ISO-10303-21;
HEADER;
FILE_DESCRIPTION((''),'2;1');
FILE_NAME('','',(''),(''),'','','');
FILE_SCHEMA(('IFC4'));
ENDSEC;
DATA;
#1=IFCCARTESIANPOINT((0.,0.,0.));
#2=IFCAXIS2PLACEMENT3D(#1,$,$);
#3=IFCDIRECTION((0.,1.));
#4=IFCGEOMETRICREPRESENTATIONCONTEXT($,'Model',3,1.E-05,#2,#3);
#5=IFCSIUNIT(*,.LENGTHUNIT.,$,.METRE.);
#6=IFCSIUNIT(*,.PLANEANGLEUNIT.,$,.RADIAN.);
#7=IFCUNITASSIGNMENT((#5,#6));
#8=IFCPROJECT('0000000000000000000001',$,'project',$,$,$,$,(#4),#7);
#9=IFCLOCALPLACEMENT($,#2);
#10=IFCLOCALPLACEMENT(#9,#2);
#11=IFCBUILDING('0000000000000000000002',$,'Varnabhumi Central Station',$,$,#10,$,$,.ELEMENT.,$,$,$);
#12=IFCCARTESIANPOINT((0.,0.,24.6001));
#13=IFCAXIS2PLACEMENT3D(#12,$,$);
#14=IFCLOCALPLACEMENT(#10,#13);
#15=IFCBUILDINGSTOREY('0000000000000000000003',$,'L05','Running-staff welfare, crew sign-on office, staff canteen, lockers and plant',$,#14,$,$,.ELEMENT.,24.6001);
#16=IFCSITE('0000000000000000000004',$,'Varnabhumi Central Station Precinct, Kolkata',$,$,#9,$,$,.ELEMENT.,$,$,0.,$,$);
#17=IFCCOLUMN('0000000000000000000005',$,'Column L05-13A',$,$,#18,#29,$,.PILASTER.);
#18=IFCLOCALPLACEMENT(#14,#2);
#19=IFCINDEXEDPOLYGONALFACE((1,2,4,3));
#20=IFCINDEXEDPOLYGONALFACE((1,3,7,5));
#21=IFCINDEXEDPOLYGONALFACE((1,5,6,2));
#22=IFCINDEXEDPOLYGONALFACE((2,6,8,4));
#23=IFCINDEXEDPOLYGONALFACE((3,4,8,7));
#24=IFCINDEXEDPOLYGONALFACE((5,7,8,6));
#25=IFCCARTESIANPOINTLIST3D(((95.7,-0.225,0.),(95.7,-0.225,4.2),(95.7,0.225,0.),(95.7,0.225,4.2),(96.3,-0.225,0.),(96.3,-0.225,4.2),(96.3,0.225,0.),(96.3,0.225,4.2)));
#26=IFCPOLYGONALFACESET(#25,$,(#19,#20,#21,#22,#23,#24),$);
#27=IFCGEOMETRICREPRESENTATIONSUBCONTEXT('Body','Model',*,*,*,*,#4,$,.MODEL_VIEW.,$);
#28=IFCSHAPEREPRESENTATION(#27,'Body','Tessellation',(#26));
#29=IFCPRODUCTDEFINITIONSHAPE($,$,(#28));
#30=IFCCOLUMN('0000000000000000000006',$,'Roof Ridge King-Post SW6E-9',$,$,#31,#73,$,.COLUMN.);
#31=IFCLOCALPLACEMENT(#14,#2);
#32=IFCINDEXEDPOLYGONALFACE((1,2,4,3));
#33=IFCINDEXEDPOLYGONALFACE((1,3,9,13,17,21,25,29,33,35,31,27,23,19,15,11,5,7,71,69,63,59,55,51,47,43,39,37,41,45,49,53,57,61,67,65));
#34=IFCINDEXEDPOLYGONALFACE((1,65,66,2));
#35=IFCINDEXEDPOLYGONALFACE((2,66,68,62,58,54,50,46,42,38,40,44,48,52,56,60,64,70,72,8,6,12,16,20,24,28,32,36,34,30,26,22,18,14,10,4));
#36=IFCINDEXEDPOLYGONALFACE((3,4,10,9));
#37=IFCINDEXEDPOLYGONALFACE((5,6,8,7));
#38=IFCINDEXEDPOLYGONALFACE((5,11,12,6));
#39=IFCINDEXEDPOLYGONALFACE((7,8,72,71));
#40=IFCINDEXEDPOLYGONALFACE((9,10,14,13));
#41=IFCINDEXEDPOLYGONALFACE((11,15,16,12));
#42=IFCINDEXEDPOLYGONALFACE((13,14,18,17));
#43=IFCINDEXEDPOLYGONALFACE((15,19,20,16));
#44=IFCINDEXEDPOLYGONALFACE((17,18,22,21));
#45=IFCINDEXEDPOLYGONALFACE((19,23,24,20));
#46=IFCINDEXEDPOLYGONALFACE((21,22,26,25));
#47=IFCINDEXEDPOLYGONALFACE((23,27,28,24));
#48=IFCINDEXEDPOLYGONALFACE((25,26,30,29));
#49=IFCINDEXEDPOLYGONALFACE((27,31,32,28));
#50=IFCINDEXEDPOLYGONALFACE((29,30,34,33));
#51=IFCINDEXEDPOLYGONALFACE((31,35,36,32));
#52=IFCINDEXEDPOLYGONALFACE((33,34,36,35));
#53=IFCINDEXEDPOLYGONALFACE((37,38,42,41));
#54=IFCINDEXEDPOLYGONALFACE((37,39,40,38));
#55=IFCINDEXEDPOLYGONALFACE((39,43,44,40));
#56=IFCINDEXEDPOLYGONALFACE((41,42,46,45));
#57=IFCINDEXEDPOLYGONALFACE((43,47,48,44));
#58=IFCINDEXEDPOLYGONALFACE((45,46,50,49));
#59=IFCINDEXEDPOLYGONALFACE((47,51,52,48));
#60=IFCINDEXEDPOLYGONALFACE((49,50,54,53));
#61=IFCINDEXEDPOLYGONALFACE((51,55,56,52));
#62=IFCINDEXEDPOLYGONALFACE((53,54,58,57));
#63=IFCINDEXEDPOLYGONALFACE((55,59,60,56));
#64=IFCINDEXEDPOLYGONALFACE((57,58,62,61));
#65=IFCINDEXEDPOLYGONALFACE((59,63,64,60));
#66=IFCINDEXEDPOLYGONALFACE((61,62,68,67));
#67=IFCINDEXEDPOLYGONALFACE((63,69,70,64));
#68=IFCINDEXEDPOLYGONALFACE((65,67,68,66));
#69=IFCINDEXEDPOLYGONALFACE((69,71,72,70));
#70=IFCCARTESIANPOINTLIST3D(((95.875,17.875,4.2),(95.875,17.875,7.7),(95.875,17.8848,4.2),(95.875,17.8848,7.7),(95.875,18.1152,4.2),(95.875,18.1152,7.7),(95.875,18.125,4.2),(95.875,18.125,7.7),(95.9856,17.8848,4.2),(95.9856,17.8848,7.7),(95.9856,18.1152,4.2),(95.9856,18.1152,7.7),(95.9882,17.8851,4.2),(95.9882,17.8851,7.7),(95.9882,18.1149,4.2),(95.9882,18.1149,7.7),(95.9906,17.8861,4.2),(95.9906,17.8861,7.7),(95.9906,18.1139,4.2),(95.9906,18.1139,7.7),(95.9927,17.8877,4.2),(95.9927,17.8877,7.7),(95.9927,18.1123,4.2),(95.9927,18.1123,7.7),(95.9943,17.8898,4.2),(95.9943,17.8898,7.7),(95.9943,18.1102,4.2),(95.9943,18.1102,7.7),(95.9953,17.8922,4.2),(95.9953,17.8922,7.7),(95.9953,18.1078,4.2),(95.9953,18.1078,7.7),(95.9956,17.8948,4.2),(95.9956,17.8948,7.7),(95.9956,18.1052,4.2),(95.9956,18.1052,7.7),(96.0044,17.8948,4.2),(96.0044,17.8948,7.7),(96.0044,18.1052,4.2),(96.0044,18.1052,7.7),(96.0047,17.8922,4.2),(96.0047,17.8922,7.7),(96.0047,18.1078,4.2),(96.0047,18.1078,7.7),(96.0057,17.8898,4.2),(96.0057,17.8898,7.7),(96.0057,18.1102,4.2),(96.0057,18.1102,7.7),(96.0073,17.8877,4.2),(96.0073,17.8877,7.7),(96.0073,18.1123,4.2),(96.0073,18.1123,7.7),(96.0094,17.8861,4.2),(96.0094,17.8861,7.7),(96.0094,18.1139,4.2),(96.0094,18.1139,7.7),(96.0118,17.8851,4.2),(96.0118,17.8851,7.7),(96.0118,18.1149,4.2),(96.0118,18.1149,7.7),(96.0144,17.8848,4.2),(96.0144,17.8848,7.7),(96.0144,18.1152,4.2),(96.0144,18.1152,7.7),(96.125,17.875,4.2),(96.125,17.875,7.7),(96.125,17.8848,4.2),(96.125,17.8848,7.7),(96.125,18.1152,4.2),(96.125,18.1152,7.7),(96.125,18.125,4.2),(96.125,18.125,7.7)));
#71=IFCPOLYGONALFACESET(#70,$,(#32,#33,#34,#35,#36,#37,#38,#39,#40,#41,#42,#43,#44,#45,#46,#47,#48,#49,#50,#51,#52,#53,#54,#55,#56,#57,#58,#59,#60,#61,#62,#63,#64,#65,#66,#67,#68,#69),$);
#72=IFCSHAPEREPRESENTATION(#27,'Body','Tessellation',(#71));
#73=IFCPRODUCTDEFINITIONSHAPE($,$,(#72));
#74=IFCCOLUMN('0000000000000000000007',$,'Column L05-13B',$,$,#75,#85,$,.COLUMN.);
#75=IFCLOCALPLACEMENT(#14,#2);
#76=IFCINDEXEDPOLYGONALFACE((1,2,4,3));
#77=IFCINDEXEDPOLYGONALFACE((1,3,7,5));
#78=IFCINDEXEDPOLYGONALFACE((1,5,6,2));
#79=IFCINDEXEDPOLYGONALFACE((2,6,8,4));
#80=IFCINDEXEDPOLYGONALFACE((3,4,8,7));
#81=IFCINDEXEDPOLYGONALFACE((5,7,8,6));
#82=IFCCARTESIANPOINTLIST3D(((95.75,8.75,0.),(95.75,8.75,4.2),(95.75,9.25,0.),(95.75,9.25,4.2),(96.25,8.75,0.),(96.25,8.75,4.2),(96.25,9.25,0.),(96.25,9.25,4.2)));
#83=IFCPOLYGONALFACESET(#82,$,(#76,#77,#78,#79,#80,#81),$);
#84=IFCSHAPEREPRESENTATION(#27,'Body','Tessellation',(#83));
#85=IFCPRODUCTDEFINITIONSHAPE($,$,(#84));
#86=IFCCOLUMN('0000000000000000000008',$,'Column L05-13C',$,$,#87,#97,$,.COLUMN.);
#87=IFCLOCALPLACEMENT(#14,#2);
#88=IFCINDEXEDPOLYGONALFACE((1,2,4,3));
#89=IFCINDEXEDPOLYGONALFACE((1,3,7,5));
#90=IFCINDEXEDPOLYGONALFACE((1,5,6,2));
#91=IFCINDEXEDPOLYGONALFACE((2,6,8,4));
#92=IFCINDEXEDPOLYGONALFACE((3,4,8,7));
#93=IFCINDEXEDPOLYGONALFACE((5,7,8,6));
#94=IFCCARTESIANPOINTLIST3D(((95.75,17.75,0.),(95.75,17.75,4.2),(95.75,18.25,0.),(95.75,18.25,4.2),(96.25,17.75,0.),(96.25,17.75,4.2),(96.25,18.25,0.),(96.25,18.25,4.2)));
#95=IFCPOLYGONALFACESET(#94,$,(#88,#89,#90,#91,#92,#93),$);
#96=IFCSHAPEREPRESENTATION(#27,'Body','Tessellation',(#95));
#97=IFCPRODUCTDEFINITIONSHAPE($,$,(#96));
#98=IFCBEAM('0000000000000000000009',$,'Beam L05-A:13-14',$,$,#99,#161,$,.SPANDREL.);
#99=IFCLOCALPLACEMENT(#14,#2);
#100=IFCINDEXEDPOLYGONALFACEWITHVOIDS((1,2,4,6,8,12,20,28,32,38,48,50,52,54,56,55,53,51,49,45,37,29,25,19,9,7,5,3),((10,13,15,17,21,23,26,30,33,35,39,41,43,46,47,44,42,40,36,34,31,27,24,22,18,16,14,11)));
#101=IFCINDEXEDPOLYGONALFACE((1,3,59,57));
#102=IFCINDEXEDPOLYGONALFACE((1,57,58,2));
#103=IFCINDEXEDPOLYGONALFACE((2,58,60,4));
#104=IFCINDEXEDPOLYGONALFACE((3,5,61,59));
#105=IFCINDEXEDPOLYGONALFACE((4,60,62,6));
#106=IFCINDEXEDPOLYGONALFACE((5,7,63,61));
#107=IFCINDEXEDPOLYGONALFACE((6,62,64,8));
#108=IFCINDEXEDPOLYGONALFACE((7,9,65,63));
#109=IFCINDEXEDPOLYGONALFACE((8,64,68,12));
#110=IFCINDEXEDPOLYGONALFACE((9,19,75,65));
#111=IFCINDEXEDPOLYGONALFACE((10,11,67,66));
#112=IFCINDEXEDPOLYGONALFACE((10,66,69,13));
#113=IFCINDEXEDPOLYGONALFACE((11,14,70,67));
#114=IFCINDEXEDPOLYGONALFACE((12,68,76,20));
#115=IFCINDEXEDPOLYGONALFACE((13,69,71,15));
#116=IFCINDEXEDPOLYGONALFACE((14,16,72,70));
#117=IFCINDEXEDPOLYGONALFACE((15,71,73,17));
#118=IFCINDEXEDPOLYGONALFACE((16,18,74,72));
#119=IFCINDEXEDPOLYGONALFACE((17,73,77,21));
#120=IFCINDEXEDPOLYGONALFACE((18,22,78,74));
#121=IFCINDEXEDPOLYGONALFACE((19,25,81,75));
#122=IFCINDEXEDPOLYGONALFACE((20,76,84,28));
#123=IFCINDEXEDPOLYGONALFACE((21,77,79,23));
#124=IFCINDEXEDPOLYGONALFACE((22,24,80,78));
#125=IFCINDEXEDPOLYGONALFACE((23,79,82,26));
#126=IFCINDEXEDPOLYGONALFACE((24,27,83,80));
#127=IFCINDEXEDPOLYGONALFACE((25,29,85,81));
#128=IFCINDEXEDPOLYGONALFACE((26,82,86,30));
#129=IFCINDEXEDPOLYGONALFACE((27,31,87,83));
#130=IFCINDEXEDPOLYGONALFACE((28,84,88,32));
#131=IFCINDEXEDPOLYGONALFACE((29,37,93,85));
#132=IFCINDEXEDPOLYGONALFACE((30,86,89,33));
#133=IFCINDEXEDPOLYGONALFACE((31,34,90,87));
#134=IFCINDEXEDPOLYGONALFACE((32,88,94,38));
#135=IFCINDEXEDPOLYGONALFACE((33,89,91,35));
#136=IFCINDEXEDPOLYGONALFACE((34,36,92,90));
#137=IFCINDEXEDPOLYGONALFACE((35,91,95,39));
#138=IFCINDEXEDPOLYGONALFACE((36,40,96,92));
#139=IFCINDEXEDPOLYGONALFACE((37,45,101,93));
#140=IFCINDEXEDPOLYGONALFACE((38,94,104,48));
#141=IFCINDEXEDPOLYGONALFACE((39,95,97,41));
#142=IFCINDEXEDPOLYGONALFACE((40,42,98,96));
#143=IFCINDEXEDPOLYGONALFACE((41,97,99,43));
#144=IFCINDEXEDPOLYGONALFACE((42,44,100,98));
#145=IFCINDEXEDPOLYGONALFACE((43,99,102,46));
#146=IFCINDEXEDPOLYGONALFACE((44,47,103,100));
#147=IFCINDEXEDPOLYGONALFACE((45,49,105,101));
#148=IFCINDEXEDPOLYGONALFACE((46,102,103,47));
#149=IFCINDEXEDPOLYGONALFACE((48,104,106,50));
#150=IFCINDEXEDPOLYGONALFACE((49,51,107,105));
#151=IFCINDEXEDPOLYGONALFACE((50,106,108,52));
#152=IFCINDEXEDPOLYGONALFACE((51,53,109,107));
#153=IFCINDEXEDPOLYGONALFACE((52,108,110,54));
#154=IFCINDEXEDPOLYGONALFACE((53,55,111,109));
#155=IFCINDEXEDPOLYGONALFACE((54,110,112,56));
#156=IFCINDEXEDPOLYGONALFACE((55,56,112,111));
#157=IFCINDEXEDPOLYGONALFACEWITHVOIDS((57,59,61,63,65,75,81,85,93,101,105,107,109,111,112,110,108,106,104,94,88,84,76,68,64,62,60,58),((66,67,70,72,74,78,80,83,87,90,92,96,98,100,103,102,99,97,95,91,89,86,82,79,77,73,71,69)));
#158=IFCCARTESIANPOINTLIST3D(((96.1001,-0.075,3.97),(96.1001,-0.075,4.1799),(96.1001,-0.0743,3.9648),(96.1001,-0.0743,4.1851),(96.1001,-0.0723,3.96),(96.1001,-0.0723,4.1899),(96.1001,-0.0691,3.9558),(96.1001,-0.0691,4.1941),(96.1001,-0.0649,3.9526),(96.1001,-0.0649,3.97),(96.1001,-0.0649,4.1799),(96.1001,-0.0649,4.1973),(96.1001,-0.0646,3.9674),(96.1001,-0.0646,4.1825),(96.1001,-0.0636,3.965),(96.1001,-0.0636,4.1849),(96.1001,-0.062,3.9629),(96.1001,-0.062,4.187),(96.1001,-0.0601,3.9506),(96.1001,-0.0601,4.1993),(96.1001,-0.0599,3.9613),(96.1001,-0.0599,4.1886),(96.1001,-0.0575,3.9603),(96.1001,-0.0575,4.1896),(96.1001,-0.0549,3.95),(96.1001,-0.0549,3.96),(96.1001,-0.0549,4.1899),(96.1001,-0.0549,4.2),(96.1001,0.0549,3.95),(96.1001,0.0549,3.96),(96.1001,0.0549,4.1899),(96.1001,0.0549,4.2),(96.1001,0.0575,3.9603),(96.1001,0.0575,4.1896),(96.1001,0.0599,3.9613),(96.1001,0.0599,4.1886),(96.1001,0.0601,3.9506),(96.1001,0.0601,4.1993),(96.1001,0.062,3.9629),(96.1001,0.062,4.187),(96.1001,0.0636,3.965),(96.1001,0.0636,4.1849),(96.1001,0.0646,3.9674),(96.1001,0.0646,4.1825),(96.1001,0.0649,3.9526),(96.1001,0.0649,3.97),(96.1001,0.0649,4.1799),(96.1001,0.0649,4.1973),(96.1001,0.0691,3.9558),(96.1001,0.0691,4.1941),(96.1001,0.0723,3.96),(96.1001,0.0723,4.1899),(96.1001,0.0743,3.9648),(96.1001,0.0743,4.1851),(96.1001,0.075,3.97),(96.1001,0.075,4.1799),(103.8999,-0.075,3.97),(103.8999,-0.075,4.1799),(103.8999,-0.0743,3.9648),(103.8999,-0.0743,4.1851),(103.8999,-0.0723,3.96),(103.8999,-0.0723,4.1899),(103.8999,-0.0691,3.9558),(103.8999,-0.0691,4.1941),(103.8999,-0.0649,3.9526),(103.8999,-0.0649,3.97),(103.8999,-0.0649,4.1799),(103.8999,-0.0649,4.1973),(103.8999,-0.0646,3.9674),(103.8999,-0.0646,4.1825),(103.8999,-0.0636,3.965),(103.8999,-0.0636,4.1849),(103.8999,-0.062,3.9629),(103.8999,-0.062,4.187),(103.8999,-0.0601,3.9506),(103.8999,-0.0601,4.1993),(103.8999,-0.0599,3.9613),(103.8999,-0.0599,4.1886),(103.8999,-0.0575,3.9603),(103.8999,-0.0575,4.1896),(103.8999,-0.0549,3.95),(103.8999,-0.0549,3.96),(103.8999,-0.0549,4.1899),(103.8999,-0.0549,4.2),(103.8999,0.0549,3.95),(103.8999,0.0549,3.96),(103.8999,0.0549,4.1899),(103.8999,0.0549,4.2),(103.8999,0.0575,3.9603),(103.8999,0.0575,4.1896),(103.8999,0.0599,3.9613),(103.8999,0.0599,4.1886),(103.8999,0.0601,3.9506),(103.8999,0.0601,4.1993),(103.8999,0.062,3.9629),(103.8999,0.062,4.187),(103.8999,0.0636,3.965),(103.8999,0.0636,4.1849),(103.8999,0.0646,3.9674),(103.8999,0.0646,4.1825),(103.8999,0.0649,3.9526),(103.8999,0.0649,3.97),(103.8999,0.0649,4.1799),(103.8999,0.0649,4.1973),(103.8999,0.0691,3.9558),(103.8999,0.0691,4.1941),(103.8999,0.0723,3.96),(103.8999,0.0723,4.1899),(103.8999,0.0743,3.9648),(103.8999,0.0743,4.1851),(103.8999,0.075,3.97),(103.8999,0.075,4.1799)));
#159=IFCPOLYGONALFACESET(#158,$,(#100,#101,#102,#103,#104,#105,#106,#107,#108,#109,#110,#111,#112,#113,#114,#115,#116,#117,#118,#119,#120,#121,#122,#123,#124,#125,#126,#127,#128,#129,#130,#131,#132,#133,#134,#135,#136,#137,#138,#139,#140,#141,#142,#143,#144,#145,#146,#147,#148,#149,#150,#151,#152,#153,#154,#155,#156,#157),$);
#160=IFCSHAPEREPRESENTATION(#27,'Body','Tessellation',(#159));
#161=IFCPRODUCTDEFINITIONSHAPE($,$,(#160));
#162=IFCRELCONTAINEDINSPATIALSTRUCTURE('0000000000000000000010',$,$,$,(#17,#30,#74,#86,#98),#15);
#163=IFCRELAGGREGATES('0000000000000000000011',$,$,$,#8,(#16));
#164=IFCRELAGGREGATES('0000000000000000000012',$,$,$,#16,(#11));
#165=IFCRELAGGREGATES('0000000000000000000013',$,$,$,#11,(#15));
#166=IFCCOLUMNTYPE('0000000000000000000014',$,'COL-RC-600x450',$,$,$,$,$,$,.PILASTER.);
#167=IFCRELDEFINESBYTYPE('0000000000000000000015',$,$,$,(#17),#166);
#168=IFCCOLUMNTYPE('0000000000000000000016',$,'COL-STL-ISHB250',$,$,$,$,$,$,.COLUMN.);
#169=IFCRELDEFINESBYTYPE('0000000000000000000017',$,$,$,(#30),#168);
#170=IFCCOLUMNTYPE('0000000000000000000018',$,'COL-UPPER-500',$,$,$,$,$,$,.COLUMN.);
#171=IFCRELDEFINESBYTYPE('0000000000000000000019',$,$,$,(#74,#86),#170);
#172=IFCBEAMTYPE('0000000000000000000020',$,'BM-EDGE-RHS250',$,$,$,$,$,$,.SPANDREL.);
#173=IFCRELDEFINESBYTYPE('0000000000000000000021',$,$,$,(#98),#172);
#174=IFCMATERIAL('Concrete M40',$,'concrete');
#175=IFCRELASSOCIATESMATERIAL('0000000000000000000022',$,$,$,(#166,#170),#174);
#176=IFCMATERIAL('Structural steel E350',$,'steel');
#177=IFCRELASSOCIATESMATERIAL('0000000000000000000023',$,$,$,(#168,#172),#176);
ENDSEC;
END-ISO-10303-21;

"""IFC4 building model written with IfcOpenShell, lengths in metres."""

from ifc_helpers import new_model, si_unit, direction, frame, origin, origin_2d, place, context, subcontext, project, spatial, rectangle, hollow_rectangle, i_section, extrude, material, material_profile, profile_set, type_object, element, save


model = new_model("IFC4")

# Units and contexts
model_context = context("Model", 3, precision=1e-05, world=origin(), true_north=direction((0.0, 1.0)))
body_context = subcontext(model_context, "Body", "Model", "MODEL_VIEW")
ifc_project = project(units=[si_unit("LENGTHUNIT", "METRE"), si_unit("PLANEANGLEUNIT", "RADIAN")], contexts=[model_context])

# Site, building, storey
site_placement = place(None, origin())
site = spatial("IfcSite", under=ifc_project, at=site_placement, Name="Varnabhumi Central Station Precinct, Kolkata", CompositionType="ELEMENT", RefElevation=0.0)
building_placement = place(site_placement, origin())
building = spatial("IfcBuilding", under=site, at=building_placement, Name="Varnabhumi Central Station", CompositionType="ELEMENT")
storey_placement = place(building_placement, frame((0.0, 0.0, 24.6001)))
storey = spatial("IfcBuildingStorey", under=building, at=storey_placement, Name="L05", Description="Running-staff welfare, crew sign-on office, staff canteen, lockers and plant", CompositionType="ELEMENT", Elevation=24.6001)

# Columns
ifc_material_1 = material(Name="Concrete M40", Category="concrete")
ifc_material_profile_1 = material_profile(ifc_material_1, rectangle(XDim=0.6001, YDim=0.45, at=origin_2d()), Name="Concrete M40", Category="concrete")
ifc_profile_set_1 = profile_set([ifc_material_profile_1], Name="Concrete M40")
column_type_1 = type_object("IfcColumnType", Name="COL-RC-600x450", PredefinedType="PILASTER", material=ifc_profile_set_1)
column_1_placement = place(storey_placement, frame((96.0, 0.0, 0.0), z_axis=(0.0, 0.0, 1.0), x_axis=(1.0, 0.0, 0.0)))
element("IfcColumn", 1, at=column_1_placement, inside=storey, type_object=column_type_1, Name="Column L05-13A", PredefinedType="PILASTER", context=body_context, shape_type="SweptSolid", body=[
    extrude(rectangle(XDim=0.6001, YDim=0.45, at=origin_2d()), origin(), (0.0, 0.0, 1.0), 4.2),
])
ifc_material_2 = material(Name="Structural steel E350", Category="steel")
ifc_material_profile_2 = material_profile(ifc_material_2, i_section(OverallWidth=0.25, OverallDepth=0.25, WebThickness=0.0088, FlangeThickness=0.0098, FilletRadius=0.01, at=origin_2d()), Name="Structural steel E350", Category="steel")
ifc_profile_set_2 = profile_set([ifc_material_profile_2], Name="Structural steel E350")
column_type_2 = type_object("IfcColumnType", Name="COL-STL-ISHB250", PredefinedType="COLUMN", material=ifc_profile_set_2)
column_2_placement = place(storey_placement, frame((96.0, 18.0, 4.2), z_axis=(0.0, 0.0, 1.0), x_axis=(1.0, 0.0, 0.0)))
element("IfcColumn", 2, at=column_2_placement, inside=storey, type_object=column_type_2, Name="Roof Ridge King-Post SW6E-9", PredefinedType="COLUMN", context=body_context, shape_type="SweptSolid", body=[
    extrude(i_section(OverallWidth=0.25, OverallDepth=0.25, WebThickness=0.0088, FlangeThickness=0.0098, FilletRadius=0.01, at=origin_2d()), origin(), (0.0, 0.0, 1.0), 3.5),
])
ifc_material_profile_3 = material_profile(ifc_material_1, rectangle(XDim=0.5, YDim=0.5, at=origin_2d()), Name="Concrete M40", Category="concrete")
ifc_profile_set_3 = profile_set([ifc_material_profile_3], Name="Concrete M40")
column_type_3 = type_object("IfcColumnType", Name="COL-UPPER-500", PredefinedType="COLUMN", material=ifc_profile_set_3)
for number, where, z_axis, x_axis, name in (
    (3, (96.0, 9.0, 0.0), (0.0, 0.0, 1.0), (1.0, 0.0, 0.0), "Column L05-13B"),
    (4, (96.0, 18.0, 0.0), (0.0, 0.0, 1.0), (1.0, 0.0, 0.0), "Column L05-13C"),
):
    element("IfcColumn", number, at=place(storey_placement, frame(where, z_axis=z_axis, x_axis=x_axis)), inside=storey, type_object=column_type_3, Name=name, PredefinedType="COLUMN", context=body_context, shape_type="SweptSolid", body=[
        extrude(rectangle(XDim=0.5, YDim=0.5, at=origin_2d()), origin(), (0.0, 0.0, 1.0), 4.2),
    ])

# Beam
ifc_material_profile_4 = material_profile(ifc_material_2, hollow_rectangle(XDim=0.1499, YDim=0.25, WallThickness=0.01, InnerFilletRadius=0.01, OuterFilletRadius=0.02, at=origin_2d()), Name="Structural steel E350", Category="steel")
ifc_profile_set_4 = profile_set([ifc_material_profile_4], Name="Structural steel E350")
beam_type_1 = type_object("IfcBeamType", Name="BM-EDGE-RHS250", PredefinedType="SPANDREL", material=ifc_profile_set_4)
beam_1_placement = place(storey_placement, frame((96.1001, 0.0, 4.075), z_axis=(1.0, 0.0, 0.0), x_axis=(0.0, 1.0, 0.0)))
element("IfcBeam", 5, at=beam_1_placement, inside=storey, type_object=beam_type_1, Name="Beam L05-A:13-14", PredefinedType="SPANDREL", context=body_context, shape_type="SweptSolid", body=[
    extrude(hollow_rectangle(XDim=0.1499, YDim=0.25, WallThickness=0.01, InnerFilletRadius=0.01, OuterFilletRadius=0.02, at=origin_2d()), origin(), (0.0, 0.0, 1.0), 7.7998),
])

save(model, "model.ifc")
